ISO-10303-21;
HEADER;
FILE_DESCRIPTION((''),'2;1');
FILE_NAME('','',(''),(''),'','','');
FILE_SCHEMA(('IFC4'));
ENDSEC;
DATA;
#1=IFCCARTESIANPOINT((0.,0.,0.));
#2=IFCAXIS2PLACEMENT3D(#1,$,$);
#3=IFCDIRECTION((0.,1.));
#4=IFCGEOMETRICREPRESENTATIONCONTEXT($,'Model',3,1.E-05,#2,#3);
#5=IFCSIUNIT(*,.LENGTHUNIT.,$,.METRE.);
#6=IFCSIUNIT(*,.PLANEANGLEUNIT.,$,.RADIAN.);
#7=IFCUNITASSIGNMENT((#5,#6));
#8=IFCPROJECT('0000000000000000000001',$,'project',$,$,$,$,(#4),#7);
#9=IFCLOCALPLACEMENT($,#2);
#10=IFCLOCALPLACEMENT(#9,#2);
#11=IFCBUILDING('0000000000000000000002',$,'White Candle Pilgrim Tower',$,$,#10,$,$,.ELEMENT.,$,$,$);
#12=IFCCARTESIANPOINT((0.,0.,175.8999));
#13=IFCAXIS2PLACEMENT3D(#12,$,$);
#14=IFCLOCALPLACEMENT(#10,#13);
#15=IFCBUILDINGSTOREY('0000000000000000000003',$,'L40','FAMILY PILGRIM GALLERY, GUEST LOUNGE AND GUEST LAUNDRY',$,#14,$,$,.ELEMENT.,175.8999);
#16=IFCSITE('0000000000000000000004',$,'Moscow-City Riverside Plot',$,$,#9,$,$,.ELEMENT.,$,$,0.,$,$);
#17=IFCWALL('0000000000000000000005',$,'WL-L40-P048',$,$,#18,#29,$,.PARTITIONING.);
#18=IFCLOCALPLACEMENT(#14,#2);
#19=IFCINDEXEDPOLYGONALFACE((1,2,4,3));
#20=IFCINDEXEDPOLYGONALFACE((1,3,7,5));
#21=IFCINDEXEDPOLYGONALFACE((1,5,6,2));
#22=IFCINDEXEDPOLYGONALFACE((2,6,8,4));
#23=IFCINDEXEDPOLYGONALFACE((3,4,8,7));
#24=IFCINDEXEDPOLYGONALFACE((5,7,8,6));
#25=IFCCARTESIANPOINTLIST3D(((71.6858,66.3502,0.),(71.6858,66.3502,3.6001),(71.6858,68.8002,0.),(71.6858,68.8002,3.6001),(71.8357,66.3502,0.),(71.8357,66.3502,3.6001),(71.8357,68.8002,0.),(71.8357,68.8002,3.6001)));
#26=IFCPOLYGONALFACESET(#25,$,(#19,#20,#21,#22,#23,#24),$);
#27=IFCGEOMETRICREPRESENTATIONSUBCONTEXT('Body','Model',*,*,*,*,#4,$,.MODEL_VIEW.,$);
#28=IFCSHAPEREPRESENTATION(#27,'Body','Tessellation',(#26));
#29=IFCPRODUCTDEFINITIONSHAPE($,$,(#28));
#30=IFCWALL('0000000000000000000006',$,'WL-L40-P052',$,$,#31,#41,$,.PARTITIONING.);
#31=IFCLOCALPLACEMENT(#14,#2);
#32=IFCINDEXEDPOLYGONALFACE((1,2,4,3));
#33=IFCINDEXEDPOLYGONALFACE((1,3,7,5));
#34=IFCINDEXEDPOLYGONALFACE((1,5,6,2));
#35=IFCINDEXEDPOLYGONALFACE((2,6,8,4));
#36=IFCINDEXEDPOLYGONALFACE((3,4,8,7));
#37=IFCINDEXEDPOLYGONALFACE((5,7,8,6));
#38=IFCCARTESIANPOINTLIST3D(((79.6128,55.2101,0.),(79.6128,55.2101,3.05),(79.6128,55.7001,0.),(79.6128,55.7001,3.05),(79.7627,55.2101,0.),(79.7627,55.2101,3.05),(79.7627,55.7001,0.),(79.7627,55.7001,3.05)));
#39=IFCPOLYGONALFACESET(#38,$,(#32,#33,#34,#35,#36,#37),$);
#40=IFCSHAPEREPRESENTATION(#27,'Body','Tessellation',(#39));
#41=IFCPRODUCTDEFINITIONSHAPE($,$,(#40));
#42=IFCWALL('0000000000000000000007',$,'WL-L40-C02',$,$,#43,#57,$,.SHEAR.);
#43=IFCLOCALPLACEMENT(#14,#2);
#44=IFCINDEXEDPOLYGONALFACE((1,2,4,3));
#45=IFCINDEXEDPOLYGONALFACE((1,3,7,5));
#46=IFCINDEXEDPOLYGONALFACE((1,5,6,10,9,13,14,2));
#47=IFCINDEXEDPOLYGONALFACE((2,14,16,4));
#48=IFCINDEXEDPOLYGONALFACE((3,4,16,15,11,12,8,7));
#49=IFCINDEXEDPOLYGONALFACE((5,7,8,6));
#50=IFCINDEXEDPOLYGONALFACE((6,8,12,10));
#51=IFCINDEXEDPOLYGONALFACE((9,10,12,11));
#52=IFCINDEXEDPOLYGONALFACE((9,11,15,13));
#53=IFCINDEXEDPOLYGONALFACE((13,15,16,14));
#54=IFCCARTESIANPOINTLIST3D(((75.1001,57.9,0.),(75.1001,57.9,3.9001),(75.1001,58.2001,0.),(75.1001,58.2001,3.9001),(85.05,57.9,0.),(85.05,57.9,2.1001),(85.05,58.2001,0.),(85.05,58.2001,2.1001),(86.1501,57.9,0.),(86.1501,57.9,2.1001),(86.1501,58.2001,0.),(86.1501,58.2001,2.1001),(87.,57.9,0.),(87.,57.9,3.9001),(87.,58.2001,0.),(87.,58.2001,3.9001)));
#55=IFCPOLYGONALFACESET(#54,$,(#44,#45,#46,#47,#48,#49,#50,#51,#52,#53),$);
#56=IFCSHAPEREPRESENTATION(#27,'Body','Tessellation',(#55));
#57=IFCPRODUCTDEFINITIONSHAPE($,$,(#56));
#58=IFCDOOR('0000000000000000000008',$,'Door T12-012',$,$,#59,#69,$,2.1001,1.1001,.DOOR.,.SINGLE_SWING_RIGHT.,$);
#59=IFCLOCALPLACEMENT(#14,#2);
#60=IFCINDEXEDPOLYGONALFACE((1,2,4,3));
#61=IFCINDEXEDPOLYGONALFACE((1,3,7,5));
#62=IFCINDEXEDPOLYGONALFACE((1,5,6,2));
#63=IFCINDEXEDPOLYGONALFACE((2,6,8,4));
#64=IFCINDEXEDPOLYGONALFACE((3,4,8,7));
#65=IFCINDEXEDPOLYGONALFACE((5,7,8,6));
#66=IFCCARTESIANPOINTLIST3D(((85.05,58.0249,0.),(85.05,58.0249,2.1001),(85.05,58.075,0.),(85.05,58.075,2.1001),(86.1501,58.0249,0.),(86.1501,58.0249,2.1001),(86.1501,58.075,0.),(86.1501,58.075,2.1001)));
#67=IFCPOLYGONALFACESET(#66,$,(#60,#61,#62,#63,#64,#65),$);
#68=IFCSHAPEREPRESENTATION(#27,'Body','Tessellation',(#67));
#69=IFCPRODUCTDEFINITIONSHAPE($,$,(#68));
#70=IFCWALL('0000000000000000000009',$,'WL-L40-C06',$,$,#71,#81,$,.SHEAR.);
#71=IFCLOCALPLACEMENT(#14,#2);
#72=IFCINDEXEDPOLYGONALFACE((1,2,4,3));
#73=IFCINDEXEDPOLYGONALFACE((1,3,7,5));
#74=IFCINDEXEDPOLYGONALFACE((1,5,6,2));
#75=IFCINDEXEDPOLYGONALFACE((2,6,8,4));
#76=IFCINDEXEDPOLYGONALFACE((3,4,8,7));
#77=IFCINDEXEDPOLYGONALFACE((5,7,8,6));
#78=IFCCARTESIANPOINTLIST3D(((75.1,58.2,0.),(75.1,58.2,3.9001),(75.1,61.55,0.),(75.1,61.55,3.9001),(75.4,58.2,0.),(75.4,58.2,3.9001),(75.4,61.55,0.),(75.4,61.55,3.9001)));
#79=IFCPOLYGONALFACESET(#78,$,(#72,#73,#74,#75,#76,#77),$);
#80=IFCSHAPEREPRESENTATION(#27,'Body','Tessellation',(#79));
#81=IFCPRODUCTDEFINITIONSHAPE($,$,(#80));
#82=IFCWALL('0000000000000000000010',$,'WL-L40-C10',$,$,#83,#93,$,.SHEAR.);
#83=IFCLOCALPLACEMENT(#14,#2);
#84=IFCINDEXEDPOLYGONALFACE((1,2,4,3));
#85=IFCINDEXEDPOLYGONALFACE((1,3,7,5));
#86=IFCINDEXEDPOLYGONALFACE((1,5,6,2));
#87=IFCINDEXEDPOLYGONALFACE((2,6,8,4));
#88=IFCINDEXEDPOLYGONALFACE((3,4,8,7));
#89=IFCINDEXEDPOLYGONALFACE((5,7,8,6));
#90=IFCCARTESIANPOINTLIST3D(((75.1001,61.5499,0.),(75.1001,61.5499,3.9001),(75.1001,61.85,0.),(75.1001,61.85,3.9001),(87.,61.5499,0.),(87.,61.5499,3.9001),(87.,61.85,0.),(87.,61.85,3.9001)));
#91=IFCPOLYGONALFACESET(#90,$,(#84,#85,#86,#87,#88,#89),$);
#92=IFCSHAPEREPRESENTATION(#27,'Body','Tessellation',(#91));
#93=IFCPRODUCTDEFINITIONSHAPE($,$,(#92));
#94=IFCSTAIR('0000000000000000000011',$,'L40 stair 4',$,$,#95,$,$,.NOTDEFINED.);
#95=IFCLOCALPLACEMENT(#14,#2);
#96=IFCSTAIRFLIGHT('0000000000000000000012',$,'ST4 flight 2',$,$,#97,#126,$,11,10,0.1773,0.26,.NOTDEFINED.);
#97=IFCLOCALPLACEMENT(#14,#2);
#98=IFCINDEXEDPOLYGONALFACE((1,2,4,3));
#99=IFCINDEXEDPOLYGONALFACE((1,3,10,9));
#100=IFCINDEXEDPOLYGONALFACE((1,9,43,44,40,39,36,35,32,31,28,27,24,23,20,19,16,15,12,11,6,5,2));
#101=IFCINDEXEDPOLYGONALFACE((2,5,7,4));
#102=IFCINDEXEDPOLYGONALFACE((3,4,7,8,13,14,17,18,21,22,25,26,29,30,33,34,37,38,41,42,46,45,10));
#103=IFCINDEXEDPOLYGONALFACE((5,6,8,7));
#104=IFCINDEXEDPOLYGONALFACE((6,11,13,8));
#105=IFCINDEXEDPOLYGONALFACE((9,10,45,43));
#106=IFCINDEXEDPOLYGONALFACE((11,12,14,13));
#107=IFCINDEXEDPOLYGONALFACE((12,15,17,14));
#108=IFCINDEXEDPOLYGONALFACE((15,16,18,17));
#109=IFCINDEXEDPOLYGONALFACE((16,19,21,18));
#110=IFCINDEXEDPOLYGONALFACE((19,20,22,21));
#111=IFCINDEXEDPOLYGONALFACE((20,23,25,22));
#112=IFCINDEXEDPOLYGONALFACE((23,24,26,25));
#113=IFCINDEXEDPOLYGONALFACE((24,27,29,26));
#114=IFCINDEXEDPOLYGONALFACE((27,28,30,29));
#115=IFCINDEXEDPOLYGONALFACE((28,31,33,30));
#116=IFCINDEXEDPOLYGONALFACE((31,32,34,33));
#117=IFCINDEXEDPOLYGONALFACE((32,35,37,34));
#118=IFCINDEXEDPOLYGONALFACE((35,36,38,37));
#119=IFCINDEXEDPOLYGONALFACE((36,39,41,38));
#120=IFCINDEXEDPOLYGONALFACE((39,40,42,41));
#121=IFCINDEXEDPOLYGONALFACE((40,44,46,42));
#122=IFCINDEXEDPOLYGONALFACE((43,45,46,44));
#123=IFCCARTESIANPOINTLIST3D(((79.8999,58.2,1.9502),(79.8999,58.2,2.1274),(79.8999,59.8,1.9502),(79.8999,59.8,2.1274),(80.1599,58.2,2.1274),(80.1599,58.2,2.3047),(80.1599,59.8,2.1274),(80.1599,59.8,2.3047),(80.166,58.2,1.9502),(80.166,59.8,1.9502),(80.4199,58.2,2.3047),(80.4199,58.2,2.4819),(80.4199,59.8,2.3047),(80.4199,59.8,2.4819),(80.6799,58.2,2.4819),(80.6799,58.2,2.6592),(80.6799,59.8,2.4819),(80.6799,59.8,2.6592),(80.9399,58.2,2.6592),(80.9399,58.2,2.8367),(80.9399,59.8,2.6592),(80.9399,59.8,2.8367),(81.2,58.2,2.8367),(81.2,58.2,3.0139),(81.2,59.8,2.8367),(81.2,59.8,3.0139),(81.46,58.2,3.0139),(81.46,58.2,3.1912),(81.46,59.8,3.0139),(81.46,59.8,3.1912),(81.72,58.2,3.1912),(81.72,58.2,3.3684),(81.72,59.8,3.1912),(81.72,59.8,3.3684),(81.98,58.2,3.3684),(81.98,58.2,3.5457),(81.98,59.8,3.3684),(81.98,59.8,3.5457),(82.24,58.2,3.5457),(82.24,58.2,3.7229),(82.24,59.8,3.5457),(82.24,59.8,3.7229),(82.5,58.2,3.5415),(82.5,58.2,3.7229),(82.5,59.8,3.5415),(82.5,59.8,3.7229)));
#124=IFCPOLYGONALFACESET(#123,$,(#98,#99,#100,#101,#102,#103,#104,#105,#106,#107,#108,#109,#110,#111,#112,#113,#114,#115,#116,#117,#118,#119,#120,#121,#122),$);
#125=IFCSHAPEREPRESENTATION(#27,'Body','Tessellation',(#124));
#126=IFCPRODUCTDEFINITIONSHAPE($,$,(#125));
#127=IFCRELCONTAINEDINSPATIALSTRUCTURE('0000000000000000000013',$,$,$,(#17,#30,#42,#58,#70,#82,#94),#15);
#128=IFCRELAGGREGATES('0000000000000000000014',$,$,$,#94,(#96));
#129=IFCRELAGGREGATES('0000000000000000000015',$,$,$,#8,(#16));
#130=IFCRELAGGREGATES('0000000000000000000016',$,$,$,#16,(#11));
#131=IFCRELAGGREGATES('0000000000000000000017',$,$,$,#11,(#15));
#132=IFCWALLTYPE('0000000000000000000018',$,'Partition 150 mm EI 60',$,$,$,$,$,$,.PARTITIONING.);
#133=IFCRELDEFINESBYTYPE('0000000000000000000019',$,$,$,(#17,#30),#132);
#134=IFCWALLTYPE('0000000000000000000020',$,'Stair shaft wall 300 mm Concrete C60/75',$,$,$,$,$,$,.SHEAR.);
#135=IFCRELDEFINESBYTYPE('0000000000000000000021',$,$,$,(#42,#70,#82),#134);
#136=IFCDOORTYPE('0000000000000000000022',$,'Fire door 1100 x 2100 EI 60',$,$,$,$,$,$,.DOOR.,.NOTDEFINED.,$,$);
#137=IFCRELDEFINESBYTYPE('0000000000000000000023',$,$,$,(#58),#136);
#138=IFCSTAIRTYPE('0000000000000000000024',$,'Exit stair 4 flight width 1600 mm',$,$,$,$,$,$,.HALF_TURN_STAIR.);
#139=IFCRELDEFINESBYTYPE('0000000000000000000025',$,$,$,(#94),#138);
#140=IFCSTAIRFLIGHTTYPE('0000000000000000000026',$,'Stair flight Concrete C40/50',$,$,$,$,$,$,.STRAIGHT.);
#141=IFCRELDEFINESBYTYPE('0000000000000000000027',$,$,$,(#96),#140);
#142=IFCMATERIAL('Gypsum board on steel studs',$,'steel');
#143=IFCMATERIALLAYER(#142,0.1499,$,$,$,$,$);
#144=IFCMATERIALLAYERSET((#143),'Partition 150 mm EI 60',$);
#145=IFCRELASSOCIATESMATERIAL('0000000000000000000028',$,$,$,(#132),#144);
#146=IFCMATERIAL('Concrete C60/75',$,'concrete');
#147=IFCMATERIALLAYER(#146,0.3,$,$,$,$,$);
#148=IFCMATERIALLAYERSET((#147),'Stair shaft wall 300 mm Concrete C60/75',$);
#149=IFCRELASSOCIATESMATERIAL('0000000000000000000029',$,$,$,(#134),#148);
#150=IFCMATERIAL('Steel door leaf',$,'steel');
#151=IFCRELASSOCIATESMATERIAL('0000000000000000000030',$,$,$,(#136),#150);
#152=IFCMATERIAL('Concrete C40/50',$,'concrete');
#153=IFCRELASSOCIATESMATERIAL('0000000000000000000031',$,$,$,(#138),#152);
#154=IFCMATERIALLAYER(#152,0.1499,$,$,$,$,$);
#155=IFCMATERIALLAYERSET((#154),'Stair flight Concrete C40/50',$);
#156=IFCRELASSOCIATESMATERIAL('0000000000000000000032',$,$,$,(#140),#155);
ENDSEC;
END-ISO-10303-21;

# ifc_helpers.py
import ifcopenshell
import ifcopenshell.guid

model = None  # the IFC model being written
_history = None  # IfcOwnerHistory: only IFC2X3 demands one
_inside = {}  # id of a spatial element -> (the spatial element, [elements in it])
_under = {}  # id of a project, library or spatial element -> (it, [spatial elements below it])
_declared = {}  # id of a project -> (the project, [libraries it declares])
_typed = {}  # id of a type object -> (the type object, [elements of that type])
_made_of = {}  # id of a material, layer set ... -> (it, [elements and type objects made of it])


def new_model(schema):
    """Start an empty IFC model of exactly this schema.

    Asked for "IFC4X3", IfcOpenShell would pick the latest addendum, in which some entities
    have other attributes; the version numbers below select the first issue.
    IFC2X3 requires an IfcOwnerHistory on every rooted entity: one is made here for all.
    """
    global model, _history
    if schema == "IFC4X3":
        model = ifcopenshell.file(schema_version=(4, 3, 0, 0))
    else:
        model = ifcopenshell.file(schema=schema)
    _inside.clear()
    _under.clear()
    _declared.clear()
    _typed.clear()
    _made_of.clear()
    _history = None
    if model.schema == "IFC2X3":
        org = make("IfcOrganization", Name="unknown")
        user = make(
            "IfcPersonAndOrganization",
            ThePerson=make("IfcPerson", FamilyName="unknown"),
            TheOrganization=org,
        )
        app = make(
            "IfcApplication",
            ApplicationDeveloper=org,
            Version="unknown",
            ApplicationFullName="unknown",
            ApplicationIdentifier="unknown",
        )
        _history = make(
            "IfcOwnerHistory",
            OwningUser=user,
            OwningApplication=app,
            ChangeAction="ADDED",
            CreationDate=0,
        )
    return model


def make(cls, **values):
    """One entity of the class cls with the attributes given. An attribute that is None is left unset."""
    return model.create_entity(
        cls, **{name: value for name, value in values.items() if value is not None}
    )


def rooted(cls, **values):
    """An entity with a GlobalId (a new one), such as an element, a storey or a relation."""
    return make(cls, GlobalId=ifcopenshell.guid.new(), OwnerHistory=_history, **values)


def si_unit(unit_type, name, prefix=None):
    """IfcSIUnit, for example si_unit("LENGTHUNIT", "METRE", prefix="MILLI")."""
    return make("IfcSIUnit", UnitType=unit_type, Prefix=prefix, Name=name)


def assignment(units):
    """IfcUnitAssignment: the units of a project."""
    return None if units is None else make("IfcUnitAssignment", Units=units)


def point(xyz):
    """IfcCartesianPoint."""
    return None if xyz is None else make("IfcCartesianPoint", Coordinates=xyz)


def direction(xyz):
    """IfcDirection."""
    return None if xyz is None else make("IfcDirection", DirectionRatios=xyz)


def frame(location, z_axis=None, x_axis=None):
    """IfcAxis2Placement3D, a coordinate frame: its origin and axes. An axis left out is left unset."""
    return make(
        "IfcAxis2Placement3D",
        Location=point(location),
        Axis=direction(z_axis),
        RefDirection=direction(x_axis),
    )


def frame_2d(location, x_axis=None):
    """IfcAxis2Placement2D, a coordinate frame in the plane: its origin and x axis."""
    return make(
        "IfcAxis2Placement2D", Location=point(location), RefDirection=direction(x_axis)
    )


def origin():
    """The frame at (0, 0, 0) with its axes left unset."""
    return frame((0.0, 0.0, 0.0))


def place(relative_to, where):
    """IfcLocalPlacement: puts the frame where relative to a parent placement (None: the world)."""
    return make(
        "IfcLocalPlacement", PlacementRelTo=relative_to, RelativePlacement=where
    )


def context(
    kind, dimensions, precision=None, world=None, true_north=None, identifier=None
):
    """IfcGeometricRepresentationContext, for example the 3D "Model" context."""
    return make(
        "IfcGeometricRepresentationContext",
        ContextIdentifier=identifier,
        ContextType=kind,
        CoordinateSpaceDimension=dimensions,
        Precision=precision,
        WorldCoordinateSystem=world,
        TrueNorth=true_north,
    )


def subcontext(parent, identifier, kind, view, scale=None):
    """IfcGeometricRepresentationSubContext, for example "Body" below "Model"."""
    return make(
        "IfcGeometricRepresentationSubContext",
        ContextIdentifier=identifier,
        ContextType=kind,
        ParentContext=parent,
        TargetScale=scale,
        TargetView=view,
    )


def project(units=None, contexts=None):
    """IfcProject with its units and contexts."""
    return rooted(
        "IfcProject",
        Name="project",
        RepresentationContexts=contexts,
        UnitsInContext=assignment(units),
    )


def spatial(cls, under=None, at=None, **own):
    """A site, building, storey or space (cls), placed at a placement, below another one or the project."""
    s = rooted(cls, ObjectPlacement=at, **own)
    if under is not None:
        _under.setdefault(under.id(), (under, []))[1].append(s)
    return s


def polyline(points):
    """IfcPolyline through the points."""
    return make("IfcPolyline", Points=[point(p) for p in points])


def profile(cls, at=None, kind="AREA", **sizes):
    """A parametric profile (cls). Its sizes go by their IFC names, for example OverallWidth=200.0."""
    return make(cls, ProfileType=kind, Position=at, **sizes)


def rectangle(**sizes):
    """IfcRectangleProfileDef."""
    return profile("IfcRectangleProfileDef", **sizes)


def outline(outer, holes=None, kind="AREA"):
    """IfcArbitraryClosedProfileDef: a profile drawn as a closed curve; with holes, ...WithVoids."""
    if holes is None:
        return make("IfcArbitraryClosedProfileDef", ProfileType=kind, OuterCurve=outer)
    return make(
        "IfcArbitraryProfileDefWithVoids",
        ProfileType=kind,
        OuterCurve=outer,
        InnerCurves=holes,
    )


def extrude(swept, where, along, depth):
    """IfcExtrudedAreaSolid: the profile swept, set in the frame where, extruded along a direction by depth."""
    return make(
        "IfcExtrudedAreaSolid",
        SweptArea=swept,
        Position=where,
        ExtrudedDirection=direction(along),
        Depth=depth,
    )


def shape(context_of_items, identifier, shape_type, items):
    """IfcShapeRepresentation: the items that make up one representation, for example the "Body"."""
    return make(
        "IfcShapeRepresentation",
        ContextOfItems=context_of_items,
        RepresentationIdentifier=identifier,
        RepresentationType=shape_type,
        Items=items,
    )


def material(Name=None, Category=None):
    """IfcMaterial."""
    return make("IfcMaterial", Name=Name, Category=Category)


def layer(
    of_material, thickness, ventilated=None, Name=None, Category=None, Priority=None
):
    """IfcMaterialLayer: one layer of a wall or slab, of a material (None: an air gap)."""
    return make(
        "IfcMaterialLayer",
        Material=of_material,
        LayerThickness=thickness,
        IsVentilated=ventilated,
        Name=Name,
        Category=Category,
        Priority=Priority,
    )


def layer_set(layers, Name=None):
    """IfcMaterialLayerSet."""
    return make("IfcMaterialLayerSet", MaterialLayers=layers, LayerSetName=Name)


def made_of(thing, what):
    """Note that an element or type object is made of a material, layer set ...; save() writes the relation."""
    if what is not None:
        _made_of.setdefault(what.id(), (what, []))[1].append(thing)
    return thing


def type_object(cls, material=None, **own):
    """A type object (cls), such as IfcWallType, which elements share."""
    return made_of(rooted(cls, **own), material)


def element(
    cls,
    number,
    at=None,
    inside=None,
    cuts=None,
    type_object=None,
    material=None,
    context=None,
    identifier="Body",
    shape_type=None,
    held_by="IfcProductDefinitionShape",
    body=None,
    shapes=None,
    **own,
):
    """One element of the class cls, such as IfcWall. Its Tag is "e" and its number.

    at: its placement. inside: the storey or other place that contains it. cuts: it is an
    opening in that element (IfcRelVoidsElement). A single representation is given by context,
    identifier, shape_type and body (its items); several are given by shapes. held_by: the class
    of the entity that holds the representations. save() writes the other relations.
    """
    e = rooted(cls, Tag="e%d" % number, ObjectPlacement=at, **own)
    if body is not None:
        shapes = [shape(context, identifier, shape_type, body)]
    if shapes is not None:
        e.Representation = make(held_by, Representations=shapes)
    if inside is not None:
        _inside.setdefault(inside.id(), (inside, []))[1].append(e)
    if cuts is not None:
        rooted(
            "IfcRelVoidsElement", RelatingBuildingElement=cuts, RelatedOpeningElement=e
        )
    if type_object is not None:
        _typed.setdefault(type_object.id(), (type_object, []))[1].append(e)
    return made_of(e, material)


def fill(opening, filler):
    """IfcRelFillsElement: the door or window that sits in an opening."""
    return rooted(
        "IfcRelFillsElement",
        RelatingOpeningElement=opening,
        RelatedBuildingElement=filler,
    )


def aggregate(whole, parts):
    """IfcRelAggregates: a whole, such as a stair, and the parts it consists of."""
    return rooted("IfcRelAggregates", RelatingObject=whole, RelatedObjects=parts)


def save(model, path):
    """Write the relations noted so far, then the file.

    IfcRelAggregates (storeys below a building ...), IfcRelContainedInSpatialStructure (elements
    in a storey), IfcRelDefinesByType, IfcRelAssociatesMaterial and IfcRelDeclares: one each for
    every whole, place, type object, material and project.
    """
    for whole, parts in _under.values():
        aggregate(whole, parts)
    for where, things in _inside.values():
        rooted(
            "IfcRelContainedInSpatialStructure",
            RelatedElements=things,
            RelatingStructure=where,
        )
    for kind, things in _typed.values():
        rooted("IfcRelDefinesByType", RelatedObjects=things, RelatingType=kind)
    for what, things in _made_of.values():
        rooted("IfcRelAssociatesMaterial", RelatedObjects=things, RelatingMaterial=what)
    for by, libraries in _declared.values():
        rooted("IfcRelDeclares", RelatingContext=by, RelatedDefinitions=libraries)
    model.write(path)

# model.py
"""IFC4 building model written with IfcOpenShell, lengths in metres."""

from ifc_helpers import new_model, si_unit, direction, frame, frame_2d, origin, place, context, subcontext, project, spatial, polyline, rectangle, outline, extrude, material, layer, layer_set, type_object, element, fill, aggregate, save


model = new_model("IFC4")

# Units and contexts
model_context = context("Model", 3, precision=1e-05, world=origin(), true_north=direction((0.0, 1.0)))
body_context = subcontext(model_context, "Body", "Model", "MODEL_VIEW")
ifc_project = project(units=[si_unit("LENGTHUNIT", "METRE"), si_unit("PLANEANGLEUNIT", "RADIAN")], contexts=[model_context])

# Site, building, storey
site_placement = place(None, origin())
site = spatial("IfcSite", under=ifc_project, at=site_placement, Name="Moscow-City Riverside Plot", CompositionType="ELEMENT", RefElevation=0.0)
building_placement = place(site_placement, origin())
building = spatial("IfcBuilding", under=site, at=building_placement, Name="White Candle Pilgrim Tower", CompositionType="ELEMENT")
storey_placement = place(building_placement, frame((0.0, 0.0, 175.8999)))
storey = spatial("IfcBuildingStorey", under=building, at=storey_placement, Name="L40", Description="FAMILY PILGRIM GALLERY, GUEST LOUNGE AND GUEST LAUNDRY", CompositionType="ELEMENT", Elevation=175.8999)

# Shared definitions
ifc_material_1 = material(Name="Gypsum board on steel studs", Category="steel")
ifc_material_2 = material(Name="Steel door leaf", Category="steel")

# Walls
ifc_layer_1 = layer(ifc_material_1, 0.1499)
ifc_layer_set_1 = layer_set([ifc_layer_1], Name="Partition 150 mm EI 60")
wall_type_1 = type_object("IfcWallType", Name="Partition 150 mm EI 60", PredefinedType="PARTITIONING", material=ifc_layer_set_1)
wall_1_placement = place(storey_placement, frame((71.7607, 66.3501, 0.0), z_axis=(0.0, 0.0, 1.0), x_axis=(0.0, 1.0, 0.0)))
element("IfcWall", 1, at=wall_1_placement, inside=storey, type_object=wall_type_1, Name="WL-L40-P048", PredefinedType="PARTITIONING", context=body_context, shape_type="SweptSolid", body=[
    extrude(rectangle(XDim=2.45, YDim=0.1499, at=frame_2d((1.2251, 0.0))), origin(), (0.0, 0.0, 1.0), 3.6001),
])
wall_2_placement = place(storey_placement, frame((79.6877, 55.21, 0.0), z_axis=(0.0, 0.0, 1.0), x_axis=(0.0, 1.0, 0.0)))
element("IfcWall", 2, at=wall_2_placement, inside=storey, type_object=wall_type_1, Name="WL-L40-P052", PredefinedType="PARTITIONING", context=body_context, shape_type="SweptSolid", body=[
    extrude(rectangle(XDim=0.49, YDim=0.1499, at=frame_2d((0.2451, 0.0))), origin(), (0.0, 0.0, 1.0), 3.05),
])

# Wall, opening, door
ifc_material_3 = material(Name="Concrete C60/75", Category="concrete")
ifc_layer_2 = layer(ifc_material_3, 0.3)
ifc_layer_set_2 = layer_set([ifc_layer_2], Name="Stair shaft wall 300 mm Concrete C60/75")
wall_type_2 = type_object("IfcWallType", Name="Stair shaft wall 300 mm Concrete C60/75", PredefinedType="SHEAR", material=ifc_layer_set_2)
wall_3_placement = place(storey_placement, frame((75.1001, 58.05, 0.0), z_axis=(0.0, 0.0, 1.0), x_axis=(1.0, 0.0, 0.0)))
wall_3 = element("IfcWall", 3, at=wall_3_placement, inside=storey, type_object=wall_type_2, Name="WL-L40-C02", PredefinedType="SHEAR", context=body_context, shape_type="SweptSolid", body=[
    extrude(rectangle(XDim=11.8999, YDim=0.3, at=frame_2d((5.95, 0.0))), origin(), (0.0, 0.0, 1.0), 3.9001),
])
opening_1_placement = place(wall_3_placement, frame((9.95, 0.0, 0.0)))
opening_1 = element("IfcOpeningElement", 4, at=opening_1_placement, cuts=wall_3, PredefinedType="OPENING", context=body_context, shape_type="SweptSolid", body=[
    extrude(rectangle(XDim=1.1001, YDim=2.1001, at=frame_2d((0.55, 1.05))), frame((0.0, 0.1599, 0.0), z_axis=(0.0, -1.0, 0.0), x_axis=(1.0, 0.0, 0.0)), (0.0, 0.0, 1.0), 0.3201),
])
door_type_1 = type_object("IfcDoorType", Name="Fire door 1100 x 2100 EI 60", OperationType="NOTDEFINED", PredefinedType="DOOR", material=ifc_material_2)
door_1_placement = place(opening_1_placement, origin())
door_1 = element("IfcDoor", 5, at=door_1_placement, inside=storey, type_object=door_type_1, Name="Door T12-012", OperationType="SINGLE_SWING_RIGHT", OverallHeight=2.1001, OverallWidth=1.1001, PredefinedType="DOOR", context=body_context, shape_type="SweptSolid", body=[
    extrude(rectangle(XDim=1.1001, YDim=2.1001, at=frame_2d((0.55, 1.05))), frame((0.0, 0.0249, 0.0), z_axis=(0.0, -1.0, 0.0), x_axis=(1.0, 0.0, 0.0)), (0.0, 0.0, 1.0), 0.05),
])
fill(opening_1, door_1)

# Walls
wall_4_placement = place(storey_placement, frame((75.25, 58.2, 0.0), z_axis=(0.0, 0.0, 1.0), x_axis=(0.0, 1.0, 0.0)))
element("IfcWall", 6, at=wall_4_placement, inside=storey, type_object=wall_type_2, Name="WL-L40-C06", PredefinedType="SHEAR", context=body_context, shape_type="SweptSolid", body=[
    extrude(rectangle(XDim=3.3501, YDim=0.3, at=frame_2d((1.675, 0.0))), origin(), (0.0, 0.0, 1.0), 3.9001),
])
wall_5_placement = place(storey_placement, frame((75.1001, 61.7, 0.0), z_axis=(0.0, 0.0, 1.0), x_axis=(1.0, 0.0, 0.0)))
element("IfcWall", 7, at=wall_5_placement, inside=storey, type_object=wall_type_2, Name="WL-L40-C10", PredefinedType="SHEAR", context=body_context, shape_type="SweptSolid", body=[
    extrude(rectangle(XDim=11.8999, YDim=0.3, at=frame_2d((5.95, 0.0))), origin(), (0.0, 0.0, 1.0), 3.9001),
])

# Stair, stair flight
ifc_material_4 = material(Name="Concrete C40/50", Category="concrete")
stair_type = type_object("IfcStairType", Name="Exit stair 4 flight width 1600 mm", PredefinedType="HALF_TURN_STAIR", material=ifc_material_4)
stair_placement = place(storey_placement, origin())
stair = element("IfcStair", 8, at=stair_placement, inside=storey, type_object=stair_type, Name="L40 stair 4", PredefinedType="NOTDEFINED")
ifc_layer_3 = layer(ifc_material_4, 0.1499)
ifc_layer_set_3 = layer_set([ifc_layer_3], Name="Stair flight Concrete C40/50")
stair_flight_type = type_object("IfcStairFlightType", Name="Stair flight Concrete C40/50", PredefinedType="STRAIGHT", material=ifc_layer_set_3)
stair_flight_placement = place(storey_placement, frame((79.8999, 59.0, 1.9502), z_axis=(0.0, 0.0, 1.0), x_axis=(1.0, 0.0, 0.0)))
stair_flight = element("IfcStairFlight", 9, at=stair_flight_placement, type_object=stair_flight_type, Name="ST4 flight 2", NumberOfRisers=11, NumberOfTreads=10, PredefinedType="NOTDEFINED", RiserHeight=0.1773, TreadLength=0.26, context=body_context, shape_type="SweptSolid", body=[
    extrude(outline(polyline([(0.0, 0.0), (0.0, 0.1772), (0.26, 0.1772), (0.26, 0.3545), (0.52, 0.3545), (0.52, 0.5317), (0.78, 0.5317), (0.78, 0.709), (1.04, 0.709), (1.04, 0.8865), (1.3, 0.8865), (1.3, 1.0637), (1.5601, 1.0637), (1.5601, 1.241), (1.8201, 1.241), (1.8201, 1.4182), (2.0801, 1.4182), (2.0801, 1.5955), (2.3401, 1.5955), (2.3401, 1.7727), (2.6001, 1.7727), (2.6001, 1.95), (2.6001, 1.5913), (0.2661, 0.0), (0.0, 0.0)])), frame((0.0, 0.8, 0.0), z_axis=(0.0, -1.0, 0.0), x_axis=(1.0, 0.0, 0.0)), (0.0, 0.0, 1.0), 1.6001),
])
aggregate(stair, [stair_flight])

save(model, "model.ifc")
